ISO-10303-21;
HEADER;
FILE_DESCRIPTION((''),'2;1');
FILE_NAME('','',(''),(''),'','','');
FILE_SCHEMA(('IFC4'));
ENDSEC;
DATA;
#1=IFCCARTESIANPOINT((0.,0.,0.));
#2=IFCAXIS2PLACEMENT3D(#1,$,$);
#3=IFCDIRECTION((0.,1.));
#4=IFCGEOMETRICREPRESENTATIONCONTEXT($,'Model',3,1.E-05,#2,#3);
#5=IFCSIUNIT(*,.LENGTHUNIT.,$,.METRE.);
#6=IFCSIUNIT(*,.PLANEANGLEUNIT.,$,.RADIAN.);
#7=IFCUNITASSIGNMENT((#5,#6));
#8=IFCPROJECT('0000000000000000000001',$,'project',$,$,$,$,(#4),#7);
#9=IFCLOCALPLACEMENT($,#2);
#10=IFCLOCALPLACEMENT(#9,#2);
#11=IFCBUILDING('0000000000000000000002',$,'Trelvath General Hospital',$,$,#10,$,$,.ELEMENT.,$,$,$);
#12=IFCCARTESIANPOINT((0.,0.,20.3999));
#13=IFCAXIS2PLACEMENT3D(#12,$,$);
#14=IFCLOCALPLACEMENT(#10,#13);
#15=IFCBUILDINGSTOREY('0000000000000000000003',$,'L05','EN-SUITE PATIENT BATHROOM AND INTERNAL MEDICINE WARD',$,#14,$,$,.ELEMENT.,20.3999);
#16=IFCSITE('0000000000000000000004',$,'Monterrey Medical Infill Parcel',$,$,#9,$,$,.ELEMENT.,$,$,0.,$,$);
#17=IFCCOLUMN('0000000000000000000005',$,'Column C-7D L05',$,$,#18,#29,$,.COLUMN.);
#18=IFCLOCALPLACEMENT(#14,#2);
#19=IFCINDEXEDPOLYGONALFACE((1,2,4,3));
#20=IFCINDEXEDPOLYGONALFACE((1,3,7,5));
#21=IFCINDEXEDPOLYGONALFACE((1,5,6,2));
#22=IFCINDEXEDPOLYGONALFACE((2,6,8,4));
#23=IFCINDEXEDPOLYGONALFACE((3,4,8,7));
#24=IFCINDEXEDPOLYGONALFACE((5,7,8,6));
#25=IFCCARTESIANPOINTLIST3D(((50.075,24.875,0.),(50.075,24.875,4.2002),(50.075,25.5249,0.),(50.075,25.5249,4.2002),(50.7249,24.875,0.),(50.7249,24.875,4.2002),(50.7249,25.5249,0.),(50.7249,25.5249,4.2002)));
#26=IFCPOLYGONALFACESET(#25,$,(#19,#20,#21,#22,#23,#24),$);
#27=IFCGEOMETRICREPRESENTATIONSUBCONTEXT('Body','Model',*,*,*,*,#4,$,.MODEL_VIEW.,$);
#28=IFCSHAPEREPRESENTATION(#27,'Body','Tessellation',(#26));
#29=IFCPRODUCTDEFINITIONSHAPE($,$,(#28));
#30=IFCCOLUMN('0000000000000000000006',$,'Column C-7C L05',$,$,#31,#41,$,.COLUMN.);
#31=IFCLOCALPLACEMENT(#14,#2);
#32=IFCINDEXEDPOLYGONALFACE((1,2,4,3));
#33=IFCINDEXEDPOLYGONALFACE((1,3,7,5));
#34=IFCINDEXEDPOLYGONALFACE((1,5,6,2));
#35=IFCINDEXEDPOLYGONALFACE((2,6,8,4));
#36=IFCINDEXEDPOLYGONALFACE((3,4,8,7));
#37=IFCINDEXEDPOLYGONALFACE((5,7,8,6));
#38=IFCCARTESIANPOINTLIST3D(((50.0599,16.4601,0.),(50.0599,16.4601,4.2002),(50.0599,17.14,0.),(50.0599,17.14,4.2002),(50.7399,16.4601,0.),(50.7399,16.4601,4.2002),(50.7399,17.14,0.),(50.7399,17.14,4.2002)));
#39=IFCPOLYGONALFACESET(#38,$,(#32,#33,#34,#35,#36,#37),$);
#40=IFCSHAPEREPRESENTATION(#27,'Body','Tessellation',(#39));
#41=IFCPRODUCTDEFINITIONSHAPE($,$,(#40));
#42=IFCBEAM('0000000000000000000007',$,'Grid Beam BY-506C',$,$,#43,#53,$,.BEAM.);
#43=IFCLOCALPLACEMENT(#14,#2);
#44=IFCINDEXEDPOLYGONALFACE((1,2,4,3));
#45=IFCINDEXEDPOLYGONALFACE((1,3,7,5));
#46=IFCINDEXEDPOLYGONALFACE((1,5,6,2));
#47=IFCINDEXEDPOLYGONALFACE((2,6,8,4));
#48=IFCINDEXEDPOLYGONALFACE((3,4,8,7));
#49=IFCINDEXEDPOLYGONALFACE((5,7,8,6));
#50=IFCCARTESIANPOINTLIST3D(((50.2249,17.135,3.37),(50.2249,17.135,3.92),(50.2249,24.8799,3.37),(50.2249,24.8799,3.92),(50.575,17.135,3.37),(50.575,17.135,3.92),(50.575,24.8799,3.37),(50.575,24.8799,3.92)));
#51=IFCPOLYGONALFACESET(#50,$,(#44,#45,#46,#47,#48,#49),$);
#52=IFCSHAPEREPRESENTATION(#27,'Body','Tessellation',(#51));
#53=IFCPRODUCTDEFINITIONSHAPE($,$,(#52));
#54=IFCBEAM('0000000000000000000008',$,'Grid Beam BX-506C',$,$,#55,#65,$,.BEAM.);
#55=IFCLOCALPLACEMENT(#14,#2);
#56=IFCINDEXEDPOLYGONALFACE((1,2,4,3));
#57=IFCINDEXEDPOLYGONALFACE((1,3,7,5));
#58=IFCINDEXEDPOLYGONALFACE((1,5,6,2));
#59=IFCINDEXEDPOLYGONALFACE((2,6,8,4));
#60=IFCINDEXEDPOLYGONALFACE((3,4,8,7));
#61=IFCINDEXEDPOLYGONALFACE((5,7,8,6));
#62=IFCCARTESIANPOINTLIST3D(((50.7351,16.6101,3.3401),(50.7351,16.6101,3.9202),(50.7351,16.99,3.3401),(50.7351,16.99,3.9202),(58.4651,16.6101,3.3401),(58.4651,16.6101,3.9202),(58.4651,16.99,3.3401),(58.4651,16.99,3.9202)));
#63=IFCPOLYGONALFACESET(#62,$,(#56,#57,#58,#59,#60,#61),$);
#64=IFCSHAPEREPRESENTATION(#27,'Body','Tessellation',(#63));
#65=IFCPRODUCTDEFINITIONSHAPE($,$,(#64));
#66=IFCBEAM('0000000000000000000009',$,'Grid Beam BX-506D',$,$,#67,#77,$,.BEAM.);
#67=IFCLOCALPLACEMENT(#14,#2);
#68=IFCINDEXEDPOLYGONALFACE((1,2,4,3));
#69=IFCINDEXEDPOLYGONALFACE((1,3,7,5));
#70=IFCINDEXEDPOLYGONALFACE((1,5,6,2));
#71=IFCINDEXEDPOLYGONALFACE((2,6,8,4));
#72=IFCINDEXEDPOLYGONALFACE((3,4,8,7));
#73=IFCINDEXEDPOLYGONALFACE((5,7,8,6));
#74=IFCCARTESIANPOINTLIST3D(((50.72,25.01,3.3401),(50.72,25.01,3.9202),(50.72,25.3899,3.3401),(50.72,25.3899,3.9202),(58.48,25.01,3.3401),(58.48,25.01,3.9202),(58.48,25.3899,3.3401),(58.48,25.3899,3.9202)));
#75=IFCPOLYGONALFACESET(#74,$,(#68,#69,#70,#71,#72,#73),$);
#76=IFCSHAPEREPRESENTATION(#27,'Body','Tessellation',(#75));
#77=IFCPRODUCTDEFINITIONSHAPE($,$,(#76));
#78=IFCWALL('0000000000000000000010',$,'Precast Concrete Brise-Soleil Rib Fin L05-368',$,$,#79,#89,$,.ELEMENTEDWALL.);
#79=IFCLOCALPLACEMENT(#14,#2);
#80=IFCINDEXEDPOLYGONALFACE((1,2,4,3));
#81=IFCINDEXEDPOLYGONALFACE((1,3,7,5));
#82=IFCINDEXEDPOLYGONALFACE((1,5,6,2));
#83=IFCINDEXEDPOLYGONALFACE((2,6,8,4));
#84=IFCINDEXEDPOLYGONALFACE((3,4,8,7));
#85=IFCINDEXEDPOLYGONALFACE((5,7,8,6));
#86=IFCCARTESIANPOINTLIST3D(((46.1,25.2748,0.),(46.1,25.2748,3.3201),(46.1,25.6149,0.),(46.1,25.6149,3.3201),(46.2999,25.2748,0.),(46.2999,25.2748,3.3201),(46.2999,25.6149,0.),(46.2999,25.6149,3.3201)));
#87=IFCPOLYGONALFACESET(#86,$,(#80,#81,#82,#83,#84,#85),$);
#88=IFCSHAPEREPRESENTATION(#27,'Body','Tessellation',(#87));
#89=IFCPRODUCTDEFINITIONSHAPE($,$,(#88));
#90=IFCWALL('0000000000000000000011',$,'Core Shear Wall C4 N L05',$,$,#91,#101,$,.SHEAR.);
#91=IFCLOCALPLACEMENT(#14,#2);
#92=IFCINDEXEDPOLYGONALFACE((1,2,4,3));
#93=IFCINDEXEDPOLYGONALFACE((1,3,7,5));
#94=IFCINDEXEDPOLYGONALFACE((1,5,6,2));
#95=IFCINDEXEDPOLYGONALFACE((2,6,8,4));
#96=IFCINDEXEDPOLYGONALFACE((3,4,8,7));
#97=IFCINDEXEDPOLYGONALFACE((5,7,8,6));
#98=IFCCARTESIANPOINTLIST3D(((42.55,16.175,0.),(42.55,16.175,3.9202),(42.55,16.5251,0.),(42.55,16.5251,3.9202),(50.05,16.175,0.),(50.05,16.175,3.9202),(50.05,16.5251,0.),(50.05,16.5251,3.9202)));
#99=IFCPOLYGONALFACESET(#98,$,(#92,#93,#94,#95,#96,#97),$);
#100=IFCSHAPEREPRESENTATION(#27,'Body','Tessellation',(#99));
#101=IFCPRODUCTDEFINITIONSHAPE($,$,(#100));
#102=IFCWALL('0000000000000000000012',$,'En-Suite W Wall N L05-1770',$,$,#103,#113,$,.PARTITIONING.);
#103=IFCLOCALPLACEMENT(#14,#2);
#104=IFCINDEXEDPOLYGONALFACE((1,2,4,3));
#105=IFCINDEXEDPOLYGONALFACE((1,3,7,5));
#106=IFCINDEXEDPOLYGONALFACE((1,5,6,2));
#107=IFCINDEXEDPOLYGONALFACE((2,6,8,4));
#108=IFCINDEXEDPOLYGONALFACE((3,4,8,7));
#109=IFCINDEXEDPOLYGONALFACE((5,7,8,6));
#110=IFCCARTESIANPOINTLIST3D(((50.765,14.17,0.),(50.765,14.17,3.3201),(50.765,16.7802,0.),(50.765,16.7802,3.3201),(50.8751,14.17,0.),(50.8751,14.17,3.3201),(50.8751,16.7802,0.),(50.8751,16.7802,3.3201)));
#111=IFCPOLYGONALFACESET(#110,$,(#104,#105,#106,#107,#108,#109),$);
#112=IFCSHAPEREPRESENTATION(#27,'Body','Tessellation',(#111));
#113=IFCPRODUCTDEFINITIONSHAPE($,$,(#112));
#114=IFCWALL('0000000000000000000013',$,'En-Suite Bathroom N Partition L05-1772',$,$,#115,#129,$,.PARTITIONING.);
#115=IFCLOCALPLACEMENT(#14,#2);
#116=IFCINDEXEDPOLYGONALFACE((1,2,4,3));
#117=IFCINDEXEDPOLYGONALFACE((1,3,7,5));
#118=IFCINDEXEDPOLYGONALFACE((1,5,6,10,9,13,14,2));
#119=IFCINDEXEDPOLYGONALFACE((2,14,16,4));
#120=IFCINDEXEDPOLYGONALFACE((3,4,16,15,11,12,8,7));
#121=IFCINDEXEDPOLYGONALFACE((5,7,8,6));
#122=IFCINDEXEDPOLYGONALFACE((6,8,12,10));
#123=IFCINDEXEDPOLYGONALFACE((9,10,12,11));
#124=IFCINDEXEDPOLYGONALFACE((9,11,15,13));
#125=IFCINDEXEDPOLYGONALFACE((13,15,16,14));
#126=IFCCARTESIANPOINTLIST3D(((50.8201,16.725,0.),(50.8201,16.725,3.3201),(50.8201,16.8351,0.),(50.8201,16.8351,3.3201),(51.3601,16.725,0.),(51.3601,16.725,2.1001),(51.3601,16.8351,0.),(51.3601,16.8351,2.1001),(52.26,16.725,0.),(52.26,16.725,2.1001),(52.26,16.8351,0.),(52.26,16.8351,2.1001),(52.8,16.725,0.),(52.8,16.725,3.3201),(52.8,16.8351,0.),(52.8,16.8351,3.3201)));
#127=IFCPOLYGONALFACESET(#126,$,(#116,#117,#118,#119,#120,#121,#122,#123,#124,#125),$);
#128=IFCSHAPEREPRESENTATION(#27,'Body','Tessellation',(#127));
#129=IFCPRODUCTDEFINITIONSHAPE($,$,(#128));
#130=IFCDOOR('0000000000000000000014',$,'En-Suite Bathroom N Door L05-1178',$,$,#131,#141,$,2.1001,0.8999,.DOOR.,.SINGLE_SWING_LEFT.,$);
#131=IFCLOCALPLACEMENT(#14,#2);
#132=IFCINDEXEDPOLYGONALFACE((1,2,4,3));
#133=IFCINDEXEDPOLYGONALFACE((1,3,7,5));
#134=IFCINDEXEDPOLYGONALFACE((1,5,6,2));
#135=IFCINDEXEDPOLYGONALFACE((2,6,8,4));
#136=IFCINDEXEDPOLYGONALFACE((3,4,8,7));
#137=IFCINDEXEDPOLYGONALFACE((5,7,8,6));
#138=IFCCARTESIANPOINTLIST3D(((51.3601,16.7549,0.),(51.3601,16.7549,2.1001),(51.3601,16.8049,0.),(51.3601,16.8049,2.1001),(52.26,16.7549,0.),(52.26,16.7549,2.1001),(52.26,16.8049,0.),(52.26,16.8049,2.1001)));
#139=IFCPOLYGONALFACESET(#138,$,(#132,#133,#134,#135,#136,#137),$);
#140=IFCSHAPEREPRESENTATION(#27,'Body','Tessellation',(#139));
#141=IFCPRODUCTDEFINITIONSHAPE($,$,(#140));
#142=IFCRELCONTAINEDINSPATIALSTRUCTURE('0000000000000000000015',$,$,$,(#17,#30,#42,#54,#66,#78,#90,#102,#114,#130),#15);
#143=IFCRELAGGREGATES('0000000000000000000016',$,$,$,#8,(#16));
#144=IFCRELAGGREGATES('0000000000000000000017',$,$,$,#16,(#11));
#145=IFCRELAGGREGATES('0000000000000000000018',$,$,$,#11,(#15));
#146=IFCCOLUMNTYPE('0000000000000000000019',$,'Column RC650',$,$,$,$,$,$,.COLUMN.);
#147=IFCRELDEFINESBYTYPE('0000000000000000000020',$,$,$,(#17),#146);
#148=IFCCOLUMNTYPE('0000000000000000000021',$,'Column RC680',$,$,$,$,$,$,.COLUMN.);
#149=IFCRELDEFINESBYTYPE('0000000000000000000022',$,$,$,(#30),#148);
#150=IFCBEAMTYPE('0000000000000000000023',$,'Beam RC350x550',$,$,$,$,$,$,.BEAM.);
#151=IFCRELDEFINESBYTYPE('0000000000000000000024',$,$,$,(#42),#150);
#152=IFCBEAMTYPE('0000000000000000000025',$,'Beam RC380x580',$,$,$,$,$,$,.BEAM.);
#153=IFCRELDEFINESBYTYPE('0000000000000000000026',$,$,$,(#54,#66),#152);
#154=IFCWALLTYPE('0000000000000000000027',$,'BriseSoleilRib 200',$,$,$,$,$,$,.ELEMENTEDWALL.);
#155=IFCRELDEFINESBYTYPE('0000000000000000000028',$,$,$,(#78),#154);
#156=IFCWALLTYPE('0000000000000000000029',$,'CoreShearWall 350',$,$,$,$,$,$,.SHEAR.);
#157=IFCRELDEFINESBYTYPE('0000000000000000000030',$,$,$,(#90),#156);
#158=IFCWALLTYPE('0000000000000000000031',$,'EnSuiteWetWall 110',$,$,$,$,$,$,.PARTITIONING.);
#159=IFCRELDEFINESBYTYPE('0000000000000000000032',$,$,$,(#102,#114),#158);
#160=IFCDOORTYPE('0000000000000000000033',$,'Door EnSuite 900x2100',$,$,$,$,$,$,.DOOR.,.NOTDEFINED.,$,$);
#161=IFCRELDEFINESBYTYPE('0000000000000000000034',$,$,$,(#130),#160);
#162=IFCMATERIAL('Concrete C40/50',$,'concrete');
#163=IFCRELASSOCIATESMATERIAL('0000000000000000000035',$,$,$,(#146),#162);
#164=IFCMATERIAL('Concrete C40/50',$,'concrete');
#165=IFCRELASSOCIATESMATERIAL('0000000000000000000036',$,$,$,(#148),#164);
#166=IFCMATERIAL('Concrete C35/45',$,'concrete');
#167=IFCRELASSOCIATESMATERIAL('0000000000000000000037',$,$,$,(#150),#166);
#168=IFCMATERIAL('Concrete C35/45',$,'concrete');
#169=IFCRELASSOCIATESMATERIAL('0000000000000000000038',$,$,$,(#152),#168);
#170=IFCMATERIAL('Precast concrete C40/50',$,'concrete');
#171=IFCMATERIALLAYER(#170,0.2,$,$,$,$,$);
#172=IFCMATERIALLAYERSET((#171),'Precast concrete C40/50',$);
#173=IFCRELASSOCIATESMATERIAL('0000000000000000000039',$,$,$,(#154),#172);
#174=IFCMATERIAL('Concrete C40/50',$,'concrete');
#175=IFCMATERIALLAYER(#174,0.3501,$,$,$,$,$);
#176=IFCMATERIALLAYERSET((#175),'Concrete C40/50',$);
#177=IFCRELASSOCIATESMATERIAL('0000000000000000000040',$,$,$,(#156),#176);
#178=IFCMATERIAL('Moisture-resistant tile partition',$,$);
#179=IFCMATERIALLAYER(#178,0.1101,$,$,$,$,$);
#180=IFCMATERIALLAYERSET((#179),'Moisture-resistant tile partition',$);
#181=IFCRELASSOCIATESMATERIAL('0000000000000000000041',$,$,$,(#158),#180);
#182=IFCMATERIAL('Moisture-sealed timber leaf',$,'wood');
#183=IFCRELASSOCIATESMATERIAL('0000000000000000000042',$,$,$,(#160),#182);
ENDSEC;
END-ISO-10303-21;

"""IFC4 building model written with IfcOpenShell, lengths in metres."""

from ifc_helpers import new_model, si_unit, direction, frame, frame_2d, origin, origin_2d, place, context, subcontext, project, spatial, rectangle, extrude, material, layer, layer_set, material_profile, profile_set, type_object, element, fill, save


model = new_model("IFC4")

# Units and contexts
model_context = context("Model", 3, precision=1e-05, world=origin(), true_north=direction((0.0, 1.0)))
body_context = subcontext(model_context, "Body", "Model", "MODEL_VIEW")
ifc_project = project(units=[si_unit("LENGTHUNIT", "METRE"), si_unit("PLANEANGLEUNIT", "RADIAN")], contexts=[model_context])

# Site, building, storey
site_placement = place(None, origin())
site = spatial("IfcSite", under=ifc_project, at=site_placement, Name="Monterrey Medical Infill Parcel", CompositionType="ELEMENT", RefElevation=0.0)
building_placement = place(site_placement, origin())
building = spatial("IfcBuilding", under=site, at=building_placement, Name="Trelvath General Hospital", CompositionType="ELEMENT")
storey_placement = place(building_placement, frame((0.0, 0.0, 20.3999)))
storey = spatial("IfcBuildingStorey", under=building, at=storey_placement, Name="L05", Description="EN-SUITE PATIENT BATHROOM AND INTERNAL MEDICINE WARD", CompositionType="ELEMENT", Elevation=20.3999)

# Columns
ifc_material_1 = material(Name="Concrete C40/50", Category="concrete")
ifc_material_profile_1 = material_profile(ifc_material_1, rectangle(XDim=0.6499, YDim=0.6499, at=origin_2d()), Name="RC650x650")
ifc_profile_set_1 = profile_set([ifc_material_profile_1], Name="Concrete C40/50")
column_type_1 = type_object("IfcColumnType", Name="Column RC650", PredefinedType="COLUMN", material=ifc_profile_set_1)
column_1_placement = place(storey_placement, frame((50.3999, 25.2, 0.0), z_axis=(0.0, 0.0, 1.0), x_axis=(1.0, 0.0, 0.0)))
element("IfcColumn", 1, at=column_1_placement, inside=storey, type_object=column_type_1, Name="Column C-7D L05", PredefinedType="COLUMN", context=body_context, shape_type="SweptSolid", body=[
    extrude(rectangle(XDim=0.6499, YDim=0.6499, at=origin_2d()), origin(), (0.0, 0.0, 1.0), 4.2002),
])
ifc_material_2 = material(Name="Concrete C40/50", Category="concrete")
ifc_material_profile_2 = material_profile(ifc_material_2, rectangle(XDim=0.6799, YDim=0.6799, at=origin_2d()), Name="RC680x680")
ifc_profile_set_2 = profile_set([ifc_material_profile_2], Name="Concrete C40/50")
column_type_2 = type_object("IfcColumnType", Name="Column RC680", PredefinedType="COLUMN", material=ifc_profile_set_2)
column_2_placement = place(storey_placement, frame((50.3999, 16.8, 0.0), z_axis=(0.0, 0.0, 1.0), x_axis=(1.0, 0.0, 0.0)))
element("IfcColumn", 2, at=column_2_placement, inside=storey, type_object=column_type_2, Name="Column C-7C L05", PredefinedType="COLUMN", context=body_context, shape_type="SweptSolid", body=[
    extrude(rectangle(XDim=0.6799, YDim=0.6799, at=origin_2d()), origin(), (0.0, 0.0, 1.0), 4.2002),
])

# Beams
ifc_material_3 = material(Name="Concrete C35/45", Category="concrete")
ifc_material_profile_3 = material_profile(ifc_material_3, rectangle(XDim=0.3501, YDim=0.55, at=origin_2d()), Name="RCB350x550")
ifc_profile_set_3 = profile_set([ifc_material_profile_3], Name="Concrete C35/45")
beam_type_1 = type_object("IfcBeamType", Name="Beam RC350x550", PredefinedType="BEAM", material=ifc_profile_set_3)
beam_1_placement = place(storey_placement, frame((50.3999, 17.135, 3.645), z_axis=(0.0, 1.0, 0.0), x_axis=(-1.0, 0.0, 0.0)))
element("IfcBeam", 3, at=beam_1_placement, inside=storey, type_object=beam_type_1, Name="Grid Beam BY-506C", PredefinedType="BEAM", context=body_context, shape_type="SweptSolid", body=[
    extrude(rectangle(XDim=0.3501, YDim=0.55, at=origin_2d()), origin(), (0.0, 0.0, 1.0), 7.7449),
])
ifc_material_4 = material(Name="Concrete C35/45", Category="concrete")
ifc_material_profile_4 = material_profile(ifc_material_4, rectangle(XDim=0.3799, YDim=0.5801, at=origin_2d()), Name="RCB380x580")
ifc_profile_set_4 = profile_set([ifc_material_profile_4], Name="Concrete C35/45")
beam_type_2 = type_object("IfcBeamType", Name="Beam RC380x580", PredefinedType="BEAM", material=ifc_profile_set_4)
beam_2_placement = place(storey_placement, frame((50.7351, 16.8, 3.6301), z_axis=(1.0, 0.0, 0.0), x_axis=(0.0, 1.0, 0.0)))
element("IfcBeam", 4, at=beam_2_placement, inside=storey, type_object=beam_type_2, Name="Grid Beam BX-506C", PredefinedType="BEAM", context=body_context, shape_type="SweptSolid", body=[
    extrude(rectangle(XDim=0.3799, YDim=0.5801, at=origin_2d()), origin(), (0.0, 0.0, 1.0), 7.73),
])
beam_3_placement = place(storey_placement, frame((50.72, 25.2, 3.6301), z_axis=(1.0, 0.0, 0.0), x_axis=(0.0, 1.0, 0.0)))
element("IfcBeam", 5, at=beam_3_placement, inside=storey, type_object=beam_type_2, Name="Grid Beam BX-506D", PredefinedType="BEAM", context=body_context, shape_type="SweptSolid", body=[
    extrude(rectangle(XDim=0.3799, YDim=0.5801, at=origin_2d()), origin(), (0.0, 0.0, 1.0), 7.76),
])

# Walls
ifc_material_5 = material(Name="Precast concrete C40/50", Category="concrete")
ifc_layer_1 = layer(ifc_material_5, 0.2)
ifc_layer_set_1 = layer_set([ifc_layer_1], Name="Precast concrete C40/50")
wall_type_1 = type_object("IfcWallType", Name="BriseSoleilRib 200", PredefinedType="ELEMENTEDWALL", material=ifc_layer_set_1)
wall_1_placement = place(storey_placement, frame((46.2, 25.2749, 0.0), z_axis=(0.0, 0.0, 1.0), x_axis=(0.0, 1.0, 0.0)))
element("IfcWall", 6, at=wall_1_placement, inside=storey, type_object=wall_type_1, Name="Precast Concrete Brise-Soleil Rib Fin L05-368", PredefinedType="ELEMENTEDWALL", context=body_context, shape_type="SweptSolid", body=[
    extrude(rectangle(XDim=0.3401, YDim=0.2, at=frame_2d((0.1699, 0.0))), origin(), (0.0, 0.0, 1.0), 3.3201),
])
ifc_material_6 = material(Name="Concrete C40/50", Category="concrete")
ifc_layer_2 = layer(ifc_material_6, 0.3501)
ifc_layer_set_2 = layer_set([ifc_layer_2], Name="Concrete C40/50")
wall_type_2 = type_object("IfcWallType", Name="CoreShearWall 350", PredefinedType="SHEAR", material=ifc_layer_set_2)
wall_2_placement = place(storey_placement, frame((42.55, 16.3501, 0.0), z_axis=(0.0, 0.0, 1.0), x_axis=(1.0, 0.0, 0.0)))
element("IfcWall", 7, at=wall_2_placement, inside=storey, type_object=wall_type_2, Name="Core Shear Wall C4 N L05", PredefinedType="SHEAR", context=body_context, shape_type="SweptSolid", body=[
    extrude(rectangle(XDim=7.5, YDim=0.3501, at=frame_2d((3.75, 0.0))), origin(), (0.0, 0.0, 1.0), 3.9202),
])

# Wall
ifc_material_7 = material(Name="Moisture-resistant tile partition")
ifc_layer_3 = layer(ifc_material_7, 0.1101)
ifc_layer_set_3 = layer_set([ifc_layer_3], Name="Moisture-resistant tile partition")
wall_type_3 = type_object("IfcWallType", Name="EnSuiteWetWall 110", PredefinedType="PARTITIONING", material=ifc_layer_set_3)
wall_3_placement = place(storey_placement, frame((50.8201, 14.1699, 0.0), z_axis=(0.0, 0.0, 1.0), x_axis=(0.0, 1.0, 0.0)))
element("IfcWall", 8, at=wall_3_placement, inside=storey, type_object=wall_type_3, Name="En-Suite W Wall N L05-1770", PredefinedType="PARTITIONING", context=body_context, shape_type="SweptSolid", body=[
    extrude(rectangle(XDim=2.6101, YDim=0.1101, at=frame_2d((1.3052, 0.0))), origin(), (0.0, 0.0, 1.0), 3.3201),
])

# Wall, opening, door
wall_4_placement = place(storey_placement, frame((50.8201, 16.78, 0.0), z_axis=(0.0, 0.0, 1.0), x_axis=(1.0, 0.0, 0.0)))
wall_4 = element("IfcWall", 9, at=wall_4_placement, inside=storey, type_object=wall_type_3, Name="En-Suite Bathroom N Partition L05-1772", PredefinedType="PARTITIONING", context=body_context, shape_type="SweptSolid", body=[
    extrude(rectangle(XDim=1.98, YDim=0.1101, at=frame_2d((0.99, 0.0))), origin(), (0.0, 0.0, 1.0), 3.3201),
])
opening_1_placement = place(wall_4_placement, frame((0.54, 0.0, 0.0)))
opening_1 = element("IfcOpeningElement", 10, at=opening_1_placement, cuts=wall_4, PredefinedType="OPENING", context=body_context, shape_type="SweptSolid", body=[
    extrude(rectangle(XDim=0.8999, YDim=2.1001, at=frame_2d((0.45, 1.05))), frame((0.0, 0.0649, 0.0), z_axis=(0.0, -1.0, 0.0), x_axis=(1.0, 0.0, 0.0)), (0.0, 0.0, 1.0), 0.1301),
])
ifc_material_8 = material(Name="Moisture-sealed timber leaf", Category="wood")
door_type_1 = type_object("IfcDoorType", Name="Door EnSuite 900x2100", OperationType="NOTDEFINED", PredefinedType="DOOR", material=ifc_material_8)
door_1_placement = place(opening_1_placement, origin())
door_1 = element("IfcDoor", 11, at=door_1_placement, inside=storey, type_object=door_type_1, Name="En-Suite Bathroom N Door L05-1178", OperationType="SINGLE_SWING_LEFT", OverallHeight=2.1001, OverallWidth=0.8999, PredefinedType="DOOR", context=body_context, shape_type="SweptSolid", body=[
    extrude(rectangle(XDim=0.8999, YDim=2.1001, at=frame_2d((0.45, 1.05))), frame((0.0, 0.0249, 0.0), z_axis=(0.0, -1.0, 0.0), x_axis=(1.0, 0.0, 0.0)), (0.0, 0.0, 1.0), 0.05),
])
fill(opening_1, door_1)

save(model, "model.ifc")
